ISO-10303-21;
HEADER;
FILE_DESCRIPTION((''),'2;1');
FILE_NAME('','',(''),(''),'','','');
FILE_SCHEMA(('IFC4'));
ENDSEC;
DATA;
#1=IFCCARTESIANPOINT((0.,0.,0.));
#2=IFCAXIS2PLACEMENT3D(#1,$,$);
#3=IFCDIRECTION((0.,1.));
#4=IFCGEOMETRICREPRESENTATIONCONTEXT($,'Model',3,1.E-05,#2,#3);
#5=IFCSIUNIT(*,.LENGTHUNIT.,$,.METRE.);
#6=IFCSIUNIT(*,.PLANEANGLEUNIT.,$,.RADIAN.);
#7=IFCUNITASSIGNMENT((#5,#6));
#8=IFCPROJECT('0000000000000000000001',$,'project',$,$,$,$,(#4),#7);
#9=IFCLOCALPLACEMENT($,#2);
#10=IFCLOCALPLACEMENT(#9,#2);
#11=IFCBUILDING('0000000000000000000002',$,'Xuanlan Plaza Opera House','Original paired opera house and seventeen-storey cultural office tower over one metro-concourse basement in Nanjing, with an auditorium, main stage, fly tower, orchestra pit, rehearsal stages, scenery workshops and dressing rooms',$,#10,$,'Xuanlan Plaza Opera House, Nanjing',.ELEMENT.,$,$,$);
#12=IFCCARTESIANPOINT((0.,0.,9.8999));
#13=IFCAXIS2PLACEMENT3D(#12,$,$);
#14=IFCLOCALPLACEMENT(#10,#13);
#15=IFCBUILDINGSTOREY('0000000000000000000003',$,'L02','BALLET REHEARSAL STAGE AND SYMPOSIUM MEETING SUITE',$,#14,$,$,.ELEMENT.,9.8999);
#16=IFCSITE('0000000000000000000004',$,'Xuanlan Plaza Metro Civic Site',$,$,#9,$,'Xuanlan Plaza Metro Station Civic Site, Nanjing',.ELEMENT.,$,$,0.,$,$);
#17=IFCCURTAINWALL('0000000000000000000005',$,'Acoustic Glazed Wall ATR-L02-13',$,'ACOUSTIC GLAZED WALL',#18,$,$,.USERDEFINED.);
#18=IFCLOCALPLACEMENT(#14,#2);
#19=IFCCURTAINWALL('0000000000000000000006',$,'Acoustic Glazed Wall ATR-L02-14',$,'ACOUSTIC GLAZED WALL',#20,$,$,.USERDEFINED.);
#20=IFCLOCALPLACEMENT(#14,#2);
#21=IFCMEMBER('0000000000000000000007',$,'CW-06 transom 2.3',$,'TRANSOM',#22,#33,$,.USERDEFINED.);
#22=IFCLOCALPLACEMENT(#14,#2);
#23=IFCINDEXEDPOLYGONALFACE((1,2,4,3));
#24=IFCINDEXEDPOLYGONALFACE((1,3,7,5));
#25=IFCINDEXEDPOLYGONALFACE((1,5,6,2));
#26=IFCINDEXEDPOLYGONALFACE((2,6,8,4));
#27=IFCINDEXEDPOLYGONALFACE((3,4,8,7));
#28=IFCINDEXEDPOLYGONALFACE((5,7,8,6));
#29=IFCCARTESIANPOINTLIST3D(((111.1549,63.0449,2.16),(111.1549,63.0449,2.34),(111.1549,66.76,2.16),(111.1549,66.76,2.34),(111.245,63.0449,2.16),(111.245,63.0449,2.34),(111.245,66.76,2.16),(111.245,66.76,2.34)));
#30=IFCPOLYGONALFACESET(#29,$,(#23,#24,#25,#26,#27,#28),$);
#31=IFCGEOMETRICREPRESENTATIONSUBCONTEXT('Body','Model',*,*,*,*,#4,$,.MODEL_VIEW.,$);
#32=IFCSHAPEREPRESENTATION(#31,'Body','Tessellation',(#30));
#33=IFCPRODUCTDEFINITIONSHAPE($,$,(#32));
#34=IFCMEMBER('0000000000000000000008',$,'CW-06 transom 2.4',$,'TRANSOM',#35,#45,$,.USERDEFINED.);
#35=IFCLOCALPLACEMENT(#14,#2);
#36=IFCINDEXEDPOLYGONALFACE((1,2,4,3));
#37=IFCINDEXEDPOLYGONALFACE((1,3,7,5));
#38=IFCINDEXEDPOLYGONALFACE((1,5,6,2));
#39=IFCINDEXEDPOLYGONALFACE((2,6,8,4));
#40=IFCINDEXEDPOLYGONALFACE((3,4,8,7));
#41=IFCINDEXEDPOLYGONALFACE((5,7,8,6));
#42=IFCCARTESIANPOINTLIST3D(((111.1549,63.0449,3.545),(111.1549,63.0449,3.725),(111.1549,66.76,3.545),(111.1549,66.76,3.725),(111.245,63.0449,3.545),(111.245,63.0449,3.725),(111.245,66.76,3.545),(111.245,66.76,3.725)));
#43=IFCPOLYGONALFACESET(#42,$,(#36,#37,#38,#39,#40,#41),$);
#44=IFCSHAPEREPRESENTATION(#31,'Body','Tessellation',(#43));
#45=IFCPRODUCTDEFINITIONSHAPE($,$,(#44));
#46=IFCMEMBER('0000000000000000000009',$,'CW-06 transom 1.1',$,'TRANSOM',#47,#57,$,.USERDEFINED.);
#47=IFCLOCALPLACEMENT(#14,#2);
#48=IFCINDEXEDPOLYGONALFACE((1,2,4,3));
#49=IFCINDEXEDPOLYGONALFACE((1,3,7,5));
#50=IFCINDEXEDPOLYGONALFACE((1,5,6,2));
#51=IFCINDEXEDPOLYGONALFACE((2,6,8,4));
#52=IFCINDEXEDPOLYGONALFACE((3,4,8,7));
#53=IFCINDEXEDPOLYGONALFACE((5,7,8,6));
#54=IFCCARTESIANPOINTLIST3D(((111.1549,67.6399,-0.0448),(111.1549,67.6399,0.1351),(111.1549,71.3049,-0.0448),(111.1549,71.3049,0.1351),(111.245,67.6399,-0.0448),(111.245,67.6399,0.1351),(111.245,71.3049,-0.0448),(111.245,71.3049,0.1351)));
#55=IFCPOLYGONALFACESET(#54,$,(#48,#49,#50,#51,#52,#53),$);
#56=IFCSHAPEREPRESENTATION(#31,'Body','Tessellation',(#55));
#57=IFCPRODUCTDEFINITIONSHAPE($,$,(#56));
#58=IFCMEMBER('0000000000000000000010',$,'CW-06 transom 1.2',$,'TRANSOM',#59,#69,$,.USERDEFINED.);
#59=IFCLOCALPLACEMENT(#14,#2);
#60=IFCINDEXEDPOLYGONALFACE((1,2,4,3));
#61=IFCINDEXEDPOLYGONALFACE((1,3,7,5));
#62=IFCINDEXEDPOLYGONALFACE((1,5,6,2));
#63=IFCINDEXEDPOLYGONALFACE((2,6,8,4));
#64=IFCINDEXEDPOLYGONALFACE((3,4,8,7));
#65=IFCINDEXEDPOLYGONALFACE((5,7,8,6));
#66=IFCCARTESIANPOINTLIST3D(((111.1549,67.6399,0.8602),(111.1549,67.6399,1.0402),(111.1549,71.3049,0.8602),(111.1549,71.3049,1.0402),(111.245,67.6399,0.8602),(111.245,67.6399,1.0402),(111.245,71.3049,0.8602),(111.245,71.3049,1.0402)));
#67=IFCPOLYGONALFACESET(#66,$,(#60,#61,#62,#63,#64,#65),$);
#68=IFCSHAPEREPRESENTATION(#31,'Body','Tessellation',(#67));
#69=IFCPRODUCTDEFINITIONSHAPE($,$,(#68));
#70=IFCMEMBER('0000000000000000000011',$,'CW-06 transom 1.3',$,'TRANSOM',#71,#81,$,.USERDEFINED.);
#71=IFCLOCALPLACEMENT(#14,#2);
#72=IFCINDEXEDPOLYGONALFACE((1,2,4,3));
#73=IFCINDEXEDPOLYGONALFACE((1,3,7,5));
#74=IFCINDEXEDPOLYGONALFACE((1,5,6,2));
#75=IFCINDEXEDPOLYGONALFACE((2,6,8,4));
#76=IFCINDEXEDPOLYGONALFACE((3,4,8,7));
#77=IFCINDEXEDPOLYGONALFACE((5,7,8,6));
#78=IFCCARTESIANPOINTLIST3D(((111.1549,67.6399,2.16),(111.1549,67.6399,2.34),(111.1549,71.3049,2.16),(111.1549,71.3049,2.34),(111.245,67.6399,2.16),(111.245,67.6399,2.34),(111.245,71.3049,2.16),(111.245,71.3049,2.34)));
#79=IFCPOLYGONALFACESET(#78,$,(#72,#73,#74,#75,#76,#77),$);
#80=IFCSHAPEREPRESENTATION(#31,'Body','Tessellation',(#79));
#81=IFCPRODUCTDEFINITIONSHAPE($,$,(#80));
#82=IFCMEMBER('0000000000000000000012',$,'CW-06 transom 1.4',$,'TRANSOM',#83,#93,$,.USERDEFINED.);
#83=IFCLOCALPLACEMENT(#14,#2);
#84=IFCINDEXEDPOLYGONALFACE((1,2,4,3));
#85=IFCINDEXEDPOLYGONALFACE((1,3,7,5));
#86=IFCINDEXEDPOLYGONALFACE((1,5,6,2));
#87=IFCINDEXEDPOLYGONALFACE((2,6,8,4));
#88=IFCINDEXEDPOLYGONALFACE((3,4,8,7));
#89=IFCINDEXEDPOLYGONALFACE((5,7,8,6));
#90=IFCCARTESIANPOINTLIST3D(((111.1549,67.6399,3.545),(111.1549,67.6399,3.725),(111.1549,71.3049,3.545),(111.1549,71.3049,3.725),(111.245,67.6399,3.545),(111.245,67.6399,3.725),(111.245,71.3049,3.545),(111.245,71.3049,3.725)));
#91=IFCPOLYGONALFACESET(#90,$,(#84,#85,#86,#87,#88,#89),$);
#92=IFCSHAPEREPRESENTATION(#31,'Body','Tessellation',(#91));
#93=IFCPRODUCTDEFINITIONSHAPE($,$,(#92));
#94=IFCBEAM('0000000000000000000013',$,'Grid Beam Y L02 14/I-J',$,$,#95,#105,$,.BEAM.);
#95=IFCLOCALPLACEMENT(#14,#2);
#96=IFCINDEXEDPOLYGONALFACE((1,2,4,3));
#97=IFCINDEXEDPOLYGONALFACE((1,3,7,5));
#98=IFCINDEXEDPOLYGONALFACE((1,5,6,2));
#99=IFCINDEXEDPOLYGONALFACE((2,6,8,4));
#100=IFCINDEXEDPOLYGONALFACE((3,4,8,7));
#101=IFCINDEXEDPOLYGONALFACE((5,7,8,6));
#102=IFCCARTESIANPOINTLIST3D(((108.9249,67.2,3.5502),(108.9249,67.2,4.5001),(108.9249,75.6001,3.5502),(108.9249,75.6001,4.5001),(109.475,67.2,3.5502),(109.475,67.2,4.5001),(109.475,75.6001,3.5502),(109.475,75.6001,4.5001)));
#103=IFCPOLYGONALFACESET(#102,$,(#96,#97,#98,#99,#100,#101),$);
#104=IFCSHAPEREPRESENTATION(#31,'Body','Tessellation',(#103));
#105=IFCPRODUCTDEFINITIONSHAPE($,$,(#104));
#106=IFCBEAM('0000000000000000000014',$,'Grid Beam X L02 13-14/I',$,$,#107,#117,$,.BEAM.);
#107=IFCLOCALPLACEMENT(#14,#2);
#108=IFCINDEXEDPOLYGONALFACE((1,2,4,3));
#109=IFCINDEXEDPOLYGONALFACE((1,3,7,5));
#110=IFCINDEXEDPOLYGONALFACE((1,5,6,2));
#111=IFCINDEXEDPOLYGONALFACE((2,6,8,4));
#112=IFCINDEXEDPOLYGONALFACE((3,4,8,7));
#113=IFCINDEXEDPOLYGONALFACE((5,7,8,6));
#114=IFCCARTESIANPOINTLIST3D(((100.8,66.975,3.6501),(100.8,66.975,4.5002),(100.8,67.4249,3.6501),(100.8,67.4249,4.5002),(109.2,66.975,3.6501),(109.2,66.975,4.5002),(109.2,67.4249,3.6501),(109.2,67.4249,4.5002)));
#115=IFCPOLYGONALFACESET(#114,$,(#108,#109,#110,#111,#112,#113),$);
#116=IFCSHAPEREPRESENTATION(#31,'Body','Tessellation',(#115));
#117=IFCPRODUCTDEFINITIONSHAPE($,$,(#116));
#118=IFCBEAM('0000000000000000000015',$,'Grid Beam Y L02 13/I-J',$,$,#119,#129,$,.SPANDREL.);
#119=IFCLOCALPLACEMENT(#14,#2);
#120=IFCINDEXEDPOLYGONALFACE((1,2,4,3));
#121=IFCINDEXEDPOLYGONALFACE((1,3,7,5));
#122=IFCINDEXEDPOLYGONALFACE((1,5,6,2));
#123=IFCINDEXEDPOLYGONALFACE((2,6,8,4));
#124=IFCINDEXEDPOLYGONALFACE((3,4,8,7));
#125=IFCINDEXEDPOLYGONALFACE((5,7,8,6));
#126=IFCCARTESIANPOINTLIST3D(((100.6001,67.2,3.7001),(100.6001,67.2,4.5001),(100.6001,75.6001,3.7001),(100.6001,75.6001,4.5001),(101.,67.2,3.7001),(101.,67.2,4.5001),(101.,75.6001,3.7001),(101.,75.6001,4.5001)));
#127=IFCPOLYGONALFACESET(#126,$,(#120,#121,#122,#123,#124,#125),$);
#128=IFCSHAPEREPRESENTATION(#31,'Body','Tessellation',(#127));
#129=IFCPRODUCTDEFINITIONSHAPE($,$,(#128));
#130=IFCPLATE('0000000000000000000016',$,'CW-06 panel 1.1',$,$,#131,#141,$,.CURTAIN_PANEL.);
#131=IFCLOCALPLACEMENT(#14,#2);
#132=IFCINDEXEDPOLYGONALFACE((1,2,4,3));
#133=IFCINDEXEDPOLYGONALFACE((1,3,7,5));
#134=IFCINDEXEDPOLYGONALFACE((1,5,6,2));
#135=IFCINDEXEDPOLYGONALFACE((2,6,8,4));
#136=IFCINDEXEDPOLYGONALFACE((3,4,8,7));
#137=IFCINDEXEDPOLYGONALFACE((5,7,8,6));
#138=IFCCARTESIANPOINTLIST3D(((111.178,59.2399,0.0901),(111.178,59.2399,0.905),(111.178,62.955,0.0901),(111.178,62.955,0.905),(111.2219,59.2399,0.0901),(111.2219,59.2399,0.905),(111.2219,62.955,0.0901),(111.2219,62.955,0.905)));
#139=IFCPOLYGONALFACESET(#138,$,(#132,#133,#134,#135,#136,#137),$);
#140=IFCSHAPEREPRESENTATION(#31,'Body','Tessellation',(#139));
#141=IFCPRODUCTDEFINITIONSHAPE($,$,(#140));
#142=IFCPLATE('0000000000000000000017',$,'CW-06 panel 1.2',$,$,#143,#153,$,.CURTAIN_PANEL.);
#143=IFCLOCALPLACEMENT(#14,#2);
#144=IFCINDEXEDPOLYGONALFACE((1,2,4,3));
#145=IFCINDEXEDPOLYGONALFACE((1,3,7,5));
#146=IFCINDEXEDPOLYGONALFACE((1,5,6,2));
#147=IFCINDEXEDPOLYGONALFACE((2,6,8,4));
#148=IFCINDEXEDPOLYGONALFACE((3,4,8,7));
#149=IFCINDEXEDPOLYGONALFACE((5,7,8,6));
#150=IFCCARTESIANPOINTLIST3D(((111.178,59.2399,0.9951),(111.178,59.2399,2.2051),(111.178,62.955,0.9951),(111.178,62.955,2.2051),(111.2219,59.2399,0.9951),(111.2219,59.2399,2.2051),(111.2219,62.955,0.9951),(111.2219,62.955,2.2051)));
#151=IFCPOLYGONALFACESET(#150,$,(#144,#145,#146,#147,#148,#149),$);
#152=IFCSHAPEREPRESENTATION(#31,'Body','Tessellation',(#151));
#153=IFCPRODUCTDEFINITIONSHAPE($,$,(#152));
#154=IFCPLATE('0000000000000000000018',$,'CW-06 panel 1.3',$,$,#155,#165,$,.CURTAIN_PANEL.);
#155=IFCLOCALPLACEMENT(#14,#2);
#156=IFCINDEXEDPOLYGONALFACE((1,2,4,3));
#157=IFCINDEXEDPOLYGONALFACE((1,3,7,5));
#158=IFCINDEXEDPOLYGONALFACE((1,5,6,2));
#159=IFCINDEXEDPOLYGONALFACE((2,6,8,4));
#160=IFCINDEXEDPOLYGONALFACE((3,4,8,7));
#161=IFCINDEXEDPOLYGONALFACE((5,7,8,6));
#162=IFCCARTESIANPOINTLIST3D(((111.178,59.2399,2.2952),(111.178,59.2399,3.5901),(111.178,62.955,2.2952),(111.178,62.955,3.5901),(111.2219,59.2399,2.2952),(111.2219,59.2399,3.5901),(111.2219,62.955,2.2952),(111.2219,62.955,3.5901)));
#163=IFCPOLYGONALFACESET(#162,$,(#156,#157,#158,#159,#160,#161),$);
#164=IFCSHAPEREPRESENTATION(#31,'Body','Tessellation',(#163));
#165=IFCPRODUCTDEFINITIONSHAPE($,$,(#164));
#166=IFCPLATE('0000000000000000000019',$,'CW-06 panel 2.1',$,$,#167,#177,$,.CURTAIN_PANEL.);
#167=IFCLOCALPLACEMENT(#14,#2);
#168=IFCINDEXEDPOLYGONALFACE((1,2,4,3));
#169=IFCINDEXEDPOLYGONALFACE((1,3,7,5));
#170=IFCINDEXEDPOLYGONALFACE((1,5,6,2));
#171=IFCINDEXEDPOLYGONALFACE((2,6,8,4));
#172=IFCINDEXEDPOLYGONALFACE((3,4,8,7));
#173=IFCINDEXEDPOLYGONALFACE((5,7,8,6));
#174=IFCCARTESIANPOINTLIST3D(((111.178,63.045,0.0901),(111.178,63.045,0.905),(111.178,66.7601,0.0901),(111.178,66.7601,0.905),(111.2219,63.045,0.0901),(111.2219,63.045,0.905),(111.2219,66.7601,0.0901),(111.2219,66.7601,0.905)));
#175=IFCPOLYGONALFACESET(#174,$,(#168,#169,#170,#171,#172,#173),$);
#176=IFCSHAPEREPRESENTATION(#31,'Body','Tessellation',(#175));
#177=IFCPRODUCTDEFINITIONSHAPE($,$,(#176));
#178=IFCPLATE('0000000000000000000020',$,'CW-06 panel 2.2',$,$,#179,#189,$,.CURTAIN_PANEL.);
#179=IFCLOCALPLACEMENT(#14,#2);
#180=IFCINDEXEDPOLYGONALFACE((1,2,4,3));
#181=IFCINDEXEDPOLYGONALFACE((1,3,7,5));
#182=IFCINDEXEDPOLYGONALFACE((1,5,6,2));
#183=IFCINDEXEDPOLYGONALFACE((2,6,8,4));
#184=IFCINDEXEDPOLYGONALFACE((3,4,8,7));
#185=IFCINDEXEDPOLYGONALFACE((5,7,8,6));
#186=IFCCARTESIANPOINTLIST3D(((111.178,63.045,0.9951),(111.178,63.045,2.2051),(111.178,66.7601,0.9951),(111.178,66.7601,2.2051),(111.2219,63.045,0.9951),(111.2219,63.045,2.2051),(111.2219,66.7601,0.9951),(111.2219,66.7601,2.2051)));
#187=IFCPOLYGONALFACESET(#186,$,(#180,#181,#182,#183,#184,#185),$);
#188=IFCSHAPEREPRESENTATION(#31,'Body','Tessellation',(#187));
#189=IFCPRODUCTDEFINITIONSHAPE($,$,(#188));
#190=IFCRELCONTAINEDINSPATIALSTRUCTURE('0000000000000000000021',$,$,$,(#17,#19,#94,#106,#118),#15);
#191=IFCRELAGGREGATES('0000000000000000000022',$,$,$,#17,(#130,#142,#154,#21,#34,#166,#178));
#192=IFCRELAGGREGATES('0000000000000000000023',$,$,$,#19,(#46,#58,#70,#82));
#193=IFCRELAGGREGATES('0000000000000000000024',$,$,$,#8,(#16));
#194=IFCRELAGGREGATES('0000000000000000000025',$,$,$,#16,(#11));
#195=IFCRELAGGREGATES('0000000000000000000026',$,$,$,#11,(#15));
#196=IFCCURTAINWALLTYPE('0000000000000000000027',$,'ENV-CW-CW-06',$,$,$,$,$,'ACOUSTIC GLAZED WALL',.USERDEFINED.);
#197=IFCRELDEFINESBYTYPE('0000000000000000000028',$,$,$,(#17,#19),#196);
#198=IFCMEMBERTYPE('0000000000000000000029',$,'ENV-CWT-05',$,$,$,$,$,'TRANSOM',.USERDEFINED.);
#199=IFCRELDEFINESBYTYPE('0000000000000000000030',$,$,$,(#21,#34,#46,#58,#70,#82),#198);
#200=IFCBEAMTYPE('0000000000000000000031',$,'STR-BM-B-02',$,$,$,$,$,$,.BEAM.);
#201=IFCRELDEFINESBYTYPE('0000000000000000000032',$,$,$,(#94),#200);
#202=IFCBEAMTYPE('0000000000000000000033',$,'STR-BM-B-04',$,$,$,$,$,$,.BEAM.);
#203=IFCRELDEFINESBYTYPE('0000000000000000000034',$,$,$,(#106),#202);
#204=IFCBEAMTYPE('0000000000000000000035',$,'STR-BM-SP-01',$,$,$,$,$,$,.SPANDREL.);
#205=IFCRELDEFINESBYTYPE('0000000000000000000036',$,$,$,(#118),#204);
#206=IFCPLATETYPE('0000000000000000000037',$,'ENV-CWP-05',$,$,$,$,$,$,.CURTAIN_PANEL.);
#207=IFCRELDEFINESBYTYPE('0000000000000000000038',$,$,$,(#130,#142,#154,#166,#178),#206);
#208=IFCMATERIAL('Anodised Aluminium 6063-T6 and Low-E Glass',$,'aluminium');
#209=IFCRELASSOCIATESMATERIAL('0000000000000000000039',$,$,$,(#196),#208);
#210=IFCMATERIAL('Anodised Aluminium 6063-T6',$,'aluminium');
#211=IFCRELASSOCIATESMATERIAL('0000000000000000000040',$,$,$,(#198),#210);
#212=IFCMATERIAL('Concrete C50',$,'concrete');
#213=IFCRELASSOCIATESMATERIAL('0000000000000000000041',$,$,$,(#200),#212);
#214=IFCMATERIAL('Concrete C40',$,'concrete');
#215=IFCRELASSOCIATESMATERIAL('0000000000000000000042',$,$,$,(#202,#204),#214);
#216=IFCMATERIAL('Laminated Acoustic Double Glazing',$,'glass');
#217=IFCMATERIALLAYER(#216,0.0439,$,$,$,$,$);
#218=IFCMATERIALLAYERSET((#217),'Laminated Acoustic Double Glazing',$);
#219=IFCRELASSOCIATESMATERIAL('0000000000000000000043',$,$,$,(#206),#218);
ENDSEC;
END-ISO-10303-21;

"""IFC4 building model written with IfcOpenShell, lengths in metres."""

from ifc_helpers import new_model, si_unit, direction, frame, origin, origin_2d, place, context, subcontext, project, spatial, rectangle, extrude, material, layer, layer_set, material_profile, profile_set, type_object, element, aggregate, save


model = new_model("IFC4")

# Units and contexts
model_context = context("Model", 3, precision=1e-05, world=origin(), true_north=direction((0.0, 1.0)))
body_context = subcontext(model_context, "Body", "Model", "MODEL_VIEW")
ifc_project = project(units=[si_unit("LENGTHUNIT", "METRE"), si_unit("PLANEANGLEUNIT", "RADIAN")], contexts=[model_context])

# Site, building, storey
site_placement = place(None, origin())
site = spatial("IfcSite", under=ifc_project, at=site_placement, Name="Xuanlan Plaza Metro Civic Site", LongName="Xuanlan Plaza Metro Station Civic Site, Nanjing", CompositionType="ELEMENT", RefElevation=0.0)
building_placement = place(site_placement, origin())
building = spatial("IfcBuilding", under=site, at=building_placement, Name="Xuanlan Plaza Opera House", Description="Original paired opera house and seventeen-storey cultural office tower over one metro-concourse basement in Nanjing, with an auditorium, main stage, fly tower, orchestra pit, rehearsal stages, scenery workshops and dressing rooms", LongName="Xuanlan Plaza Opera House, Nanjing", CompositionType="ELEMENT")
storey_placement = place(building_placement, frame((0.0, 0.0, 9.8999)))
storey = spatial("IfcBuildingStorey", under=building, at=storey_placement, Name="L02", Description="BALLET REHEARSAL STAGE AND SYMPOSIUM MEETING SUITE", CompositionType="ELEMENT", Elevation=9.8999)

# Curtain wall
ifc_material_1 = material(Name="Anodised Aluminium 6063-T6 and Low-E Glass", Category="aluminium")
curtain_wall_type = type_object("IfcCurtainWallType", Name="ENV-CW-CW-06", ElementType="ACOUSTIC GLAZED WALL", PredefinedType="USERDEFINED", material=ifc_material_1)
curtain_wall_1_placement = place(storey_placement, origin())
curtain_wall_1 = element("IfcCurtainWall", 1, at=curtain_wall_1_placement, inside=storey, type_object=curtain_wall_type, Name="Acoustic Glazed Wall ATR-L02-13", ObjectType="ACOUSTIC GLAZED WALL", PredefinedType="USERDEFINED")
ifc_material_2 = material(Name="Anodised Aluminium 6063-T6", Category="aluminium")

# Curtain wall
curtain_wall_2_placement = place(storey_placement, origin())
curtain_wall_2 = element("IfcCurtainWall", 2, at=curtain_wall_2_placement, inside=storey, type_object=curtain_wall_type, Name="Acoustic Glazed Wall ATR-L02-14", ObjectType="ACOUSTIC GLAZED WALL", PredefinedType="USERDEFINED")

# Members
ifc_material_profile_1 = material_profile(ifc_material_2, rectangle(XDim=0.0901, YDim=0.1799, at=origin_2d()), Name="ALU-T 90x180")
ifc_profile_set_1 = profile_set([ifc_material_profile_1], Name="Anodised Aluminium 6063-T6")
member_type_1 = type_object("IfcMemberType", Name="ENV-CWT-05", ElementType="TRANSOM", PredefinedType="USERDEFINED", material=ifc_profile_set_1)
member_1_placement = place(storey_placement, frame((111.2, 63.0449, 2.25), z_axis=(0.0, 1.0, 0.0), x_axis=(-1.0, 0.0, 0.0)))
member_1 = element("IfcMember", 3, at=member_1_placement, type_object=member_type_1, Name="CW-06 transom 2.3", ObjectType="TRANSOM", PredefinedType="USERDEFINED", context=body_context, shape_type="SweptSolid", body=[
    extrude(rectangle(XDim=0.0901, YDim=0.1799, at=origin_2d()), origin(), (0.0, 0.0, 1.0), 3.7151),
])
member_2_placement = place(storey_placement, frame((111.2, 63.0449, 3.635), z_axis=(0.0, 1.0, 0.0), x_axis=(-1.0, 0.0, 0.0)))
member_2 = element("IfcMember", 4, at=member_2_placement, type_object=member_type_1, Name="CW-06 transom 2.4", ObjectType="TRANSOM", PredefinedType="USERDEFINED", context=body_context, shape_type="SweptSolid", body=[
    extrude(rectangle(XDim=0.0901, YDim=0.1799, at=origin_2d()), origin(), (0.0, 0.0, 1.0), 3.7151),
])
member_3_placement = place(storey_placement, frame((111.2, 67.6399, 0.0452), z_axis=(0.0, 1.0, 0.0), x_axis=(-1.0, 0.0, 0.0)))
member_3 = element("IfcMember", 5, at=member_3_placement, type_object=member_type_1, Name="CW-06 transom 1.1", ObjectType="TRANSOM", PredefinedType="USERDEFINED", context=body_context, shape_type="SweptSolid", body=[
    extrude(rectangle(XDim=0.0901, YDim=0.1799, at=origin_2d()), origin(), (0.0, 0.0, 1.0), 3.665),
])
member_4_placement = place(storey_placement, frame((111.2, 67.6399, 0.9502), z_axis=(0.0, 1.0, 0.0), x_axis=(-1.0, 0.0, 0.0)))
member_4 = element("IfcMember", 6, at=member_4_placement, type_object=member_type_1, Name="CW-06 transom 1.2", ObjectType="TRANSOM", PredefinedType="USERDEFINED", context=body_context, shape_type="SweptSolid", body=[
    extrude(rectangle(XDim=0.0901, YDim=0.1799, at=origin_2d()), origin(), (0.0, 0.0, 1.0), 3.665),
])
member_5_placement = place(storey_placement, frame((111.2, 67.6399, 2.25), z_axis=(0.0, 1.0, 0.0), x_axis=(-1.0, 0.0, 0.0)))
member_5 = element("IfcMember", 7, at=member_5_placement, type_object=member_type_1, Name="CW-06 transom 1.3", ObjectType="TRANSOM", PredefinedType="USERDEFINED", context=body_context, shape_type="SweptSolid", body=[
    extrude(rectangle(XDim=0.0901, YDim=0.1799, at=origin_2d()), origin(), (0.0, 0.0, 1.0), 3.665),
])
member_6_placement = place(storey_placement, frame((111.2, 67.6399, 3.635), z_axis=(0.0, 1.0, 0.0), x_axis=(-1.0, 0.0, 0.0)))
member_6 = element("IfcMember", 8, at=member_6_placement, type_object=member_type_1, Name="CW-06 transom 1.4", ObjectType="TRANSOM", PredefinedType="USERDEFINED", context=body_context, shape_type="SweptSolid", body=[
    extrude(rectangle(XDim=0.0901, YDim=0.1799, at=origin_2d()), origin(), (0.0, 0.0, 1.0), 3.665),
])

# Beams
ifc_material_3 = material(Name="Concrete C50", Category="concrete")
ifc_material_profile_2 = material_profile(ifc_material_3, rectangle(XDim=0.55, YDim=0.95, at=origin_2d()), Name="RC-BM 550x950")
ifc_profile_set_2 = profile_set([ifc_material_profile_2], Name="Concrete C50")
beam_type_1 = type_object("IfcBeamType", Name="STR-BM-B-02", PredefinedType="BEAM", material=ifc_profile_set_2)
beam_1_placement = place(storey_placement, frame((109.2, 67.2, 4.0251), z_axis=(0.0, 1.0, 0.0), x_axis=(-1.0, 0.0, 0.0)))
element("IfcBeam", 9, at=beam_1_placement, inside=storey, type_object=beam_type_1, Name="Grid Beam Y L02 14/I-J", PredefinedType="BEAM", context=body_context, shape_type="SweptSolid", body=[
    extrude(rectangle(XDim=0.55, YDim=0.95, at=origin_2d()), origin(), (0.0, 0.0, 1.0), 8.4001),
])
ifc_material_4 = material(Name="Concrete C40", Category="concrete")
ifc_material_profile_3 = material_profile(ifc_material_4, rectangle(XDim=0.45, YDim=0.8501, at=origin_2d()), Name="RC-BM 450x850")
ifc_profile_set_3 = profile_set([ifc_material_profile_3], Name="Concrete C40")
beam_type_2 = type_object("IfcBeamType", Name="STR-BM-B-04", PredefinedType="BEAM", material=ifc_profile_set_3)
beam_2_placement = place(storey_placement, frame((100.8, 67.2, 4.0752), z_axis=(1.0, 0.0, 0.0), x_axis=(0.0, 1.0, 0.0)))
element("IfcBeam", 10, at=beam_2_placement, inside=storey, type_object=beam_type_2, Name="Grid Beam X L02 13-14/I", PredefinedType="BEAM", context=body_context, shape_type="SweptSolid", body=[
    extrude(rectangle(XDim=0.45, YDim=0.8501, at=origin_2d()), origin(), (0.0, 0.0, 1.0), 8.3999),
])
ifc_material_profile_4 = material_profile(ifc_material_4, rectangle(XDim=0.3999, YDim=0.8, at=origin_2d()), Name="RC-SPD 400x800")
ifc_profile_set_4 = profile_set([ifc_material_profile_4], Name="Concrete C40")
beam_type_3 = type_object("IfcBeamType", Name="STR-BM-SP-01", PredefinedType="SPANDREL", material=ifc_profile_set_4)
beam_3_placement = place(storey_placement, frame((100.8, 67.2, 4.1001), z_axis=(0.0, 1.0, 0.0), x_axis=(-1.0, 0.0, 0.0)))
element("IfcBeam", 11, at=beam_3_placement, inside=storey, type_object=beam_type_3, Name="Grid Beam Y L02 13/I-J", PredefinedType="SPANDREL", context=body_context, shape_type="SweptSolid", body=[
    extrude(rectangle(XDim=0.3999, YDim=0.8, at=origin_2d()), origin(), (0.0, 0.0, 1.0), 8.4001),
])

# Plates
ifc_material_5 = material(Name="Laminated Acoustic Double Glazing", Category="glass")
ifc_layer = layer(ifc_material_5, 0.0439)
ifc_layer_set = layer_set([ifc_layer], Name="Laminated Acoustic Double Glazing")
plate_type = type_object("IfcPlateType", Name="ENV-CWP-05", PredefinedType="CURTAIN_PANEL", material=ifc_layer_set)
plate_1_placement = place(storey_placement, frame((111.2, 61.0974, 0.0901), z_axis=(0.0, 0.0, 1.0), x_axis=(0.0, 1.0, 0.0)))
plate_1 = element("IfcPlate", 12, at=plate_1_placement, type_object=plate_type, Name="CW-06 panel 1.1", PredefinedType="CURTAIN_PANEL", context=body_context, shape_type="SweptSolid", body=[
    extrude(rectangle(XDim=3.7151, YDim=0.0439, at=origin_2d()), origin(), (0.0, 0.0, 1.0), 0.8149),
])
plate_2_placement = place(storey_placement, frame((111.2, 61.0974, 0.9951), z_axis=(0.0, 0.0, 1.0), x_axis=(0.0, 1.0, 0.0)))
plate_2 = element("IfcPlate", 13, at=plate_2_placement, type_object=plate_type, Name="CW-06 panel 1.2", PredefinedType="CURTAIN_PANEL", context=body_context, shape_type="SweptSolid", body=[
    extrude(rectangle(XDim=3.7151, YDim=0.0439, at=origin_2d()), origin(), (0.0, 0.0, 1.0), 1.21),
])
plate_3_placement = place(storey_placement, frame((111.2, 61.0974, 2.2952), z_axis=(0.0, 0.0, 1.0), x_axis=(0.0, 1.0, 0.0)))
plate_3 = element("IfcPlate", 14, at=plate_3_placement, type_object=plate_type, Name="CW-06 panel 1.3", PredefinedType="CURTAIN_PANEL", context=body_context, shape_type="SweptSolid", body=[
    extrude(rectangle(XDim=3.7151, YDim=0.0439, at=origin_2d()), origin(), (0.0, 0.0, 1.0), 1.2949),
])
plate_4_placement = place(storey_placement, frame((111.2, 64.9026, 0.0901), z_axis=(0.0, 0.0, 1.0), x_axis=(0.0, 1.0, 0.0)))
plate_4 = element("IfcPlate", 15, at=plate_4_placement, type_object=plate_type, Name="CW-06 panel 2.1", PredefinedType="CURTAIN_PANEL", context=body_context, shape_type="SweptSolid", body=[
    extrude(rectangle(XDim=3.7151, YDim=0.0439, at=origin_2d()), origin(), (0.0, 0.0, 1.0), 0.8149),
])
plate_5_placement = place(storey_placement, frame((111.2, 64.9026, 0.9951), z_axis=(0.0, 0.0, 1.0), x_axis=(0.0, 1.0, 0.0)))
plate_5 = element("IfcPlate", 16, at=plate_5_placement, type_object=plate_type, Name="CW-06 panel 2.2", PredefinedType="CURTAIN_PANEL", context=body_context, shape_type="SweptSolid", body=[
    extrude(rectangle(XDim=3.7151, YDim=0.0439, at=origin_2d()), origin(), (0.0, 0.0, 1.0), 1.21),
])
aggregate(curtain_wall_1, [plate_1, plate_2, plate_3, member_1, member_2, plate_4, plate_5])
aggregate(curtain_wall_2, [member_3, member_4, member_5, member_6])

save(model, "model.ifc")
